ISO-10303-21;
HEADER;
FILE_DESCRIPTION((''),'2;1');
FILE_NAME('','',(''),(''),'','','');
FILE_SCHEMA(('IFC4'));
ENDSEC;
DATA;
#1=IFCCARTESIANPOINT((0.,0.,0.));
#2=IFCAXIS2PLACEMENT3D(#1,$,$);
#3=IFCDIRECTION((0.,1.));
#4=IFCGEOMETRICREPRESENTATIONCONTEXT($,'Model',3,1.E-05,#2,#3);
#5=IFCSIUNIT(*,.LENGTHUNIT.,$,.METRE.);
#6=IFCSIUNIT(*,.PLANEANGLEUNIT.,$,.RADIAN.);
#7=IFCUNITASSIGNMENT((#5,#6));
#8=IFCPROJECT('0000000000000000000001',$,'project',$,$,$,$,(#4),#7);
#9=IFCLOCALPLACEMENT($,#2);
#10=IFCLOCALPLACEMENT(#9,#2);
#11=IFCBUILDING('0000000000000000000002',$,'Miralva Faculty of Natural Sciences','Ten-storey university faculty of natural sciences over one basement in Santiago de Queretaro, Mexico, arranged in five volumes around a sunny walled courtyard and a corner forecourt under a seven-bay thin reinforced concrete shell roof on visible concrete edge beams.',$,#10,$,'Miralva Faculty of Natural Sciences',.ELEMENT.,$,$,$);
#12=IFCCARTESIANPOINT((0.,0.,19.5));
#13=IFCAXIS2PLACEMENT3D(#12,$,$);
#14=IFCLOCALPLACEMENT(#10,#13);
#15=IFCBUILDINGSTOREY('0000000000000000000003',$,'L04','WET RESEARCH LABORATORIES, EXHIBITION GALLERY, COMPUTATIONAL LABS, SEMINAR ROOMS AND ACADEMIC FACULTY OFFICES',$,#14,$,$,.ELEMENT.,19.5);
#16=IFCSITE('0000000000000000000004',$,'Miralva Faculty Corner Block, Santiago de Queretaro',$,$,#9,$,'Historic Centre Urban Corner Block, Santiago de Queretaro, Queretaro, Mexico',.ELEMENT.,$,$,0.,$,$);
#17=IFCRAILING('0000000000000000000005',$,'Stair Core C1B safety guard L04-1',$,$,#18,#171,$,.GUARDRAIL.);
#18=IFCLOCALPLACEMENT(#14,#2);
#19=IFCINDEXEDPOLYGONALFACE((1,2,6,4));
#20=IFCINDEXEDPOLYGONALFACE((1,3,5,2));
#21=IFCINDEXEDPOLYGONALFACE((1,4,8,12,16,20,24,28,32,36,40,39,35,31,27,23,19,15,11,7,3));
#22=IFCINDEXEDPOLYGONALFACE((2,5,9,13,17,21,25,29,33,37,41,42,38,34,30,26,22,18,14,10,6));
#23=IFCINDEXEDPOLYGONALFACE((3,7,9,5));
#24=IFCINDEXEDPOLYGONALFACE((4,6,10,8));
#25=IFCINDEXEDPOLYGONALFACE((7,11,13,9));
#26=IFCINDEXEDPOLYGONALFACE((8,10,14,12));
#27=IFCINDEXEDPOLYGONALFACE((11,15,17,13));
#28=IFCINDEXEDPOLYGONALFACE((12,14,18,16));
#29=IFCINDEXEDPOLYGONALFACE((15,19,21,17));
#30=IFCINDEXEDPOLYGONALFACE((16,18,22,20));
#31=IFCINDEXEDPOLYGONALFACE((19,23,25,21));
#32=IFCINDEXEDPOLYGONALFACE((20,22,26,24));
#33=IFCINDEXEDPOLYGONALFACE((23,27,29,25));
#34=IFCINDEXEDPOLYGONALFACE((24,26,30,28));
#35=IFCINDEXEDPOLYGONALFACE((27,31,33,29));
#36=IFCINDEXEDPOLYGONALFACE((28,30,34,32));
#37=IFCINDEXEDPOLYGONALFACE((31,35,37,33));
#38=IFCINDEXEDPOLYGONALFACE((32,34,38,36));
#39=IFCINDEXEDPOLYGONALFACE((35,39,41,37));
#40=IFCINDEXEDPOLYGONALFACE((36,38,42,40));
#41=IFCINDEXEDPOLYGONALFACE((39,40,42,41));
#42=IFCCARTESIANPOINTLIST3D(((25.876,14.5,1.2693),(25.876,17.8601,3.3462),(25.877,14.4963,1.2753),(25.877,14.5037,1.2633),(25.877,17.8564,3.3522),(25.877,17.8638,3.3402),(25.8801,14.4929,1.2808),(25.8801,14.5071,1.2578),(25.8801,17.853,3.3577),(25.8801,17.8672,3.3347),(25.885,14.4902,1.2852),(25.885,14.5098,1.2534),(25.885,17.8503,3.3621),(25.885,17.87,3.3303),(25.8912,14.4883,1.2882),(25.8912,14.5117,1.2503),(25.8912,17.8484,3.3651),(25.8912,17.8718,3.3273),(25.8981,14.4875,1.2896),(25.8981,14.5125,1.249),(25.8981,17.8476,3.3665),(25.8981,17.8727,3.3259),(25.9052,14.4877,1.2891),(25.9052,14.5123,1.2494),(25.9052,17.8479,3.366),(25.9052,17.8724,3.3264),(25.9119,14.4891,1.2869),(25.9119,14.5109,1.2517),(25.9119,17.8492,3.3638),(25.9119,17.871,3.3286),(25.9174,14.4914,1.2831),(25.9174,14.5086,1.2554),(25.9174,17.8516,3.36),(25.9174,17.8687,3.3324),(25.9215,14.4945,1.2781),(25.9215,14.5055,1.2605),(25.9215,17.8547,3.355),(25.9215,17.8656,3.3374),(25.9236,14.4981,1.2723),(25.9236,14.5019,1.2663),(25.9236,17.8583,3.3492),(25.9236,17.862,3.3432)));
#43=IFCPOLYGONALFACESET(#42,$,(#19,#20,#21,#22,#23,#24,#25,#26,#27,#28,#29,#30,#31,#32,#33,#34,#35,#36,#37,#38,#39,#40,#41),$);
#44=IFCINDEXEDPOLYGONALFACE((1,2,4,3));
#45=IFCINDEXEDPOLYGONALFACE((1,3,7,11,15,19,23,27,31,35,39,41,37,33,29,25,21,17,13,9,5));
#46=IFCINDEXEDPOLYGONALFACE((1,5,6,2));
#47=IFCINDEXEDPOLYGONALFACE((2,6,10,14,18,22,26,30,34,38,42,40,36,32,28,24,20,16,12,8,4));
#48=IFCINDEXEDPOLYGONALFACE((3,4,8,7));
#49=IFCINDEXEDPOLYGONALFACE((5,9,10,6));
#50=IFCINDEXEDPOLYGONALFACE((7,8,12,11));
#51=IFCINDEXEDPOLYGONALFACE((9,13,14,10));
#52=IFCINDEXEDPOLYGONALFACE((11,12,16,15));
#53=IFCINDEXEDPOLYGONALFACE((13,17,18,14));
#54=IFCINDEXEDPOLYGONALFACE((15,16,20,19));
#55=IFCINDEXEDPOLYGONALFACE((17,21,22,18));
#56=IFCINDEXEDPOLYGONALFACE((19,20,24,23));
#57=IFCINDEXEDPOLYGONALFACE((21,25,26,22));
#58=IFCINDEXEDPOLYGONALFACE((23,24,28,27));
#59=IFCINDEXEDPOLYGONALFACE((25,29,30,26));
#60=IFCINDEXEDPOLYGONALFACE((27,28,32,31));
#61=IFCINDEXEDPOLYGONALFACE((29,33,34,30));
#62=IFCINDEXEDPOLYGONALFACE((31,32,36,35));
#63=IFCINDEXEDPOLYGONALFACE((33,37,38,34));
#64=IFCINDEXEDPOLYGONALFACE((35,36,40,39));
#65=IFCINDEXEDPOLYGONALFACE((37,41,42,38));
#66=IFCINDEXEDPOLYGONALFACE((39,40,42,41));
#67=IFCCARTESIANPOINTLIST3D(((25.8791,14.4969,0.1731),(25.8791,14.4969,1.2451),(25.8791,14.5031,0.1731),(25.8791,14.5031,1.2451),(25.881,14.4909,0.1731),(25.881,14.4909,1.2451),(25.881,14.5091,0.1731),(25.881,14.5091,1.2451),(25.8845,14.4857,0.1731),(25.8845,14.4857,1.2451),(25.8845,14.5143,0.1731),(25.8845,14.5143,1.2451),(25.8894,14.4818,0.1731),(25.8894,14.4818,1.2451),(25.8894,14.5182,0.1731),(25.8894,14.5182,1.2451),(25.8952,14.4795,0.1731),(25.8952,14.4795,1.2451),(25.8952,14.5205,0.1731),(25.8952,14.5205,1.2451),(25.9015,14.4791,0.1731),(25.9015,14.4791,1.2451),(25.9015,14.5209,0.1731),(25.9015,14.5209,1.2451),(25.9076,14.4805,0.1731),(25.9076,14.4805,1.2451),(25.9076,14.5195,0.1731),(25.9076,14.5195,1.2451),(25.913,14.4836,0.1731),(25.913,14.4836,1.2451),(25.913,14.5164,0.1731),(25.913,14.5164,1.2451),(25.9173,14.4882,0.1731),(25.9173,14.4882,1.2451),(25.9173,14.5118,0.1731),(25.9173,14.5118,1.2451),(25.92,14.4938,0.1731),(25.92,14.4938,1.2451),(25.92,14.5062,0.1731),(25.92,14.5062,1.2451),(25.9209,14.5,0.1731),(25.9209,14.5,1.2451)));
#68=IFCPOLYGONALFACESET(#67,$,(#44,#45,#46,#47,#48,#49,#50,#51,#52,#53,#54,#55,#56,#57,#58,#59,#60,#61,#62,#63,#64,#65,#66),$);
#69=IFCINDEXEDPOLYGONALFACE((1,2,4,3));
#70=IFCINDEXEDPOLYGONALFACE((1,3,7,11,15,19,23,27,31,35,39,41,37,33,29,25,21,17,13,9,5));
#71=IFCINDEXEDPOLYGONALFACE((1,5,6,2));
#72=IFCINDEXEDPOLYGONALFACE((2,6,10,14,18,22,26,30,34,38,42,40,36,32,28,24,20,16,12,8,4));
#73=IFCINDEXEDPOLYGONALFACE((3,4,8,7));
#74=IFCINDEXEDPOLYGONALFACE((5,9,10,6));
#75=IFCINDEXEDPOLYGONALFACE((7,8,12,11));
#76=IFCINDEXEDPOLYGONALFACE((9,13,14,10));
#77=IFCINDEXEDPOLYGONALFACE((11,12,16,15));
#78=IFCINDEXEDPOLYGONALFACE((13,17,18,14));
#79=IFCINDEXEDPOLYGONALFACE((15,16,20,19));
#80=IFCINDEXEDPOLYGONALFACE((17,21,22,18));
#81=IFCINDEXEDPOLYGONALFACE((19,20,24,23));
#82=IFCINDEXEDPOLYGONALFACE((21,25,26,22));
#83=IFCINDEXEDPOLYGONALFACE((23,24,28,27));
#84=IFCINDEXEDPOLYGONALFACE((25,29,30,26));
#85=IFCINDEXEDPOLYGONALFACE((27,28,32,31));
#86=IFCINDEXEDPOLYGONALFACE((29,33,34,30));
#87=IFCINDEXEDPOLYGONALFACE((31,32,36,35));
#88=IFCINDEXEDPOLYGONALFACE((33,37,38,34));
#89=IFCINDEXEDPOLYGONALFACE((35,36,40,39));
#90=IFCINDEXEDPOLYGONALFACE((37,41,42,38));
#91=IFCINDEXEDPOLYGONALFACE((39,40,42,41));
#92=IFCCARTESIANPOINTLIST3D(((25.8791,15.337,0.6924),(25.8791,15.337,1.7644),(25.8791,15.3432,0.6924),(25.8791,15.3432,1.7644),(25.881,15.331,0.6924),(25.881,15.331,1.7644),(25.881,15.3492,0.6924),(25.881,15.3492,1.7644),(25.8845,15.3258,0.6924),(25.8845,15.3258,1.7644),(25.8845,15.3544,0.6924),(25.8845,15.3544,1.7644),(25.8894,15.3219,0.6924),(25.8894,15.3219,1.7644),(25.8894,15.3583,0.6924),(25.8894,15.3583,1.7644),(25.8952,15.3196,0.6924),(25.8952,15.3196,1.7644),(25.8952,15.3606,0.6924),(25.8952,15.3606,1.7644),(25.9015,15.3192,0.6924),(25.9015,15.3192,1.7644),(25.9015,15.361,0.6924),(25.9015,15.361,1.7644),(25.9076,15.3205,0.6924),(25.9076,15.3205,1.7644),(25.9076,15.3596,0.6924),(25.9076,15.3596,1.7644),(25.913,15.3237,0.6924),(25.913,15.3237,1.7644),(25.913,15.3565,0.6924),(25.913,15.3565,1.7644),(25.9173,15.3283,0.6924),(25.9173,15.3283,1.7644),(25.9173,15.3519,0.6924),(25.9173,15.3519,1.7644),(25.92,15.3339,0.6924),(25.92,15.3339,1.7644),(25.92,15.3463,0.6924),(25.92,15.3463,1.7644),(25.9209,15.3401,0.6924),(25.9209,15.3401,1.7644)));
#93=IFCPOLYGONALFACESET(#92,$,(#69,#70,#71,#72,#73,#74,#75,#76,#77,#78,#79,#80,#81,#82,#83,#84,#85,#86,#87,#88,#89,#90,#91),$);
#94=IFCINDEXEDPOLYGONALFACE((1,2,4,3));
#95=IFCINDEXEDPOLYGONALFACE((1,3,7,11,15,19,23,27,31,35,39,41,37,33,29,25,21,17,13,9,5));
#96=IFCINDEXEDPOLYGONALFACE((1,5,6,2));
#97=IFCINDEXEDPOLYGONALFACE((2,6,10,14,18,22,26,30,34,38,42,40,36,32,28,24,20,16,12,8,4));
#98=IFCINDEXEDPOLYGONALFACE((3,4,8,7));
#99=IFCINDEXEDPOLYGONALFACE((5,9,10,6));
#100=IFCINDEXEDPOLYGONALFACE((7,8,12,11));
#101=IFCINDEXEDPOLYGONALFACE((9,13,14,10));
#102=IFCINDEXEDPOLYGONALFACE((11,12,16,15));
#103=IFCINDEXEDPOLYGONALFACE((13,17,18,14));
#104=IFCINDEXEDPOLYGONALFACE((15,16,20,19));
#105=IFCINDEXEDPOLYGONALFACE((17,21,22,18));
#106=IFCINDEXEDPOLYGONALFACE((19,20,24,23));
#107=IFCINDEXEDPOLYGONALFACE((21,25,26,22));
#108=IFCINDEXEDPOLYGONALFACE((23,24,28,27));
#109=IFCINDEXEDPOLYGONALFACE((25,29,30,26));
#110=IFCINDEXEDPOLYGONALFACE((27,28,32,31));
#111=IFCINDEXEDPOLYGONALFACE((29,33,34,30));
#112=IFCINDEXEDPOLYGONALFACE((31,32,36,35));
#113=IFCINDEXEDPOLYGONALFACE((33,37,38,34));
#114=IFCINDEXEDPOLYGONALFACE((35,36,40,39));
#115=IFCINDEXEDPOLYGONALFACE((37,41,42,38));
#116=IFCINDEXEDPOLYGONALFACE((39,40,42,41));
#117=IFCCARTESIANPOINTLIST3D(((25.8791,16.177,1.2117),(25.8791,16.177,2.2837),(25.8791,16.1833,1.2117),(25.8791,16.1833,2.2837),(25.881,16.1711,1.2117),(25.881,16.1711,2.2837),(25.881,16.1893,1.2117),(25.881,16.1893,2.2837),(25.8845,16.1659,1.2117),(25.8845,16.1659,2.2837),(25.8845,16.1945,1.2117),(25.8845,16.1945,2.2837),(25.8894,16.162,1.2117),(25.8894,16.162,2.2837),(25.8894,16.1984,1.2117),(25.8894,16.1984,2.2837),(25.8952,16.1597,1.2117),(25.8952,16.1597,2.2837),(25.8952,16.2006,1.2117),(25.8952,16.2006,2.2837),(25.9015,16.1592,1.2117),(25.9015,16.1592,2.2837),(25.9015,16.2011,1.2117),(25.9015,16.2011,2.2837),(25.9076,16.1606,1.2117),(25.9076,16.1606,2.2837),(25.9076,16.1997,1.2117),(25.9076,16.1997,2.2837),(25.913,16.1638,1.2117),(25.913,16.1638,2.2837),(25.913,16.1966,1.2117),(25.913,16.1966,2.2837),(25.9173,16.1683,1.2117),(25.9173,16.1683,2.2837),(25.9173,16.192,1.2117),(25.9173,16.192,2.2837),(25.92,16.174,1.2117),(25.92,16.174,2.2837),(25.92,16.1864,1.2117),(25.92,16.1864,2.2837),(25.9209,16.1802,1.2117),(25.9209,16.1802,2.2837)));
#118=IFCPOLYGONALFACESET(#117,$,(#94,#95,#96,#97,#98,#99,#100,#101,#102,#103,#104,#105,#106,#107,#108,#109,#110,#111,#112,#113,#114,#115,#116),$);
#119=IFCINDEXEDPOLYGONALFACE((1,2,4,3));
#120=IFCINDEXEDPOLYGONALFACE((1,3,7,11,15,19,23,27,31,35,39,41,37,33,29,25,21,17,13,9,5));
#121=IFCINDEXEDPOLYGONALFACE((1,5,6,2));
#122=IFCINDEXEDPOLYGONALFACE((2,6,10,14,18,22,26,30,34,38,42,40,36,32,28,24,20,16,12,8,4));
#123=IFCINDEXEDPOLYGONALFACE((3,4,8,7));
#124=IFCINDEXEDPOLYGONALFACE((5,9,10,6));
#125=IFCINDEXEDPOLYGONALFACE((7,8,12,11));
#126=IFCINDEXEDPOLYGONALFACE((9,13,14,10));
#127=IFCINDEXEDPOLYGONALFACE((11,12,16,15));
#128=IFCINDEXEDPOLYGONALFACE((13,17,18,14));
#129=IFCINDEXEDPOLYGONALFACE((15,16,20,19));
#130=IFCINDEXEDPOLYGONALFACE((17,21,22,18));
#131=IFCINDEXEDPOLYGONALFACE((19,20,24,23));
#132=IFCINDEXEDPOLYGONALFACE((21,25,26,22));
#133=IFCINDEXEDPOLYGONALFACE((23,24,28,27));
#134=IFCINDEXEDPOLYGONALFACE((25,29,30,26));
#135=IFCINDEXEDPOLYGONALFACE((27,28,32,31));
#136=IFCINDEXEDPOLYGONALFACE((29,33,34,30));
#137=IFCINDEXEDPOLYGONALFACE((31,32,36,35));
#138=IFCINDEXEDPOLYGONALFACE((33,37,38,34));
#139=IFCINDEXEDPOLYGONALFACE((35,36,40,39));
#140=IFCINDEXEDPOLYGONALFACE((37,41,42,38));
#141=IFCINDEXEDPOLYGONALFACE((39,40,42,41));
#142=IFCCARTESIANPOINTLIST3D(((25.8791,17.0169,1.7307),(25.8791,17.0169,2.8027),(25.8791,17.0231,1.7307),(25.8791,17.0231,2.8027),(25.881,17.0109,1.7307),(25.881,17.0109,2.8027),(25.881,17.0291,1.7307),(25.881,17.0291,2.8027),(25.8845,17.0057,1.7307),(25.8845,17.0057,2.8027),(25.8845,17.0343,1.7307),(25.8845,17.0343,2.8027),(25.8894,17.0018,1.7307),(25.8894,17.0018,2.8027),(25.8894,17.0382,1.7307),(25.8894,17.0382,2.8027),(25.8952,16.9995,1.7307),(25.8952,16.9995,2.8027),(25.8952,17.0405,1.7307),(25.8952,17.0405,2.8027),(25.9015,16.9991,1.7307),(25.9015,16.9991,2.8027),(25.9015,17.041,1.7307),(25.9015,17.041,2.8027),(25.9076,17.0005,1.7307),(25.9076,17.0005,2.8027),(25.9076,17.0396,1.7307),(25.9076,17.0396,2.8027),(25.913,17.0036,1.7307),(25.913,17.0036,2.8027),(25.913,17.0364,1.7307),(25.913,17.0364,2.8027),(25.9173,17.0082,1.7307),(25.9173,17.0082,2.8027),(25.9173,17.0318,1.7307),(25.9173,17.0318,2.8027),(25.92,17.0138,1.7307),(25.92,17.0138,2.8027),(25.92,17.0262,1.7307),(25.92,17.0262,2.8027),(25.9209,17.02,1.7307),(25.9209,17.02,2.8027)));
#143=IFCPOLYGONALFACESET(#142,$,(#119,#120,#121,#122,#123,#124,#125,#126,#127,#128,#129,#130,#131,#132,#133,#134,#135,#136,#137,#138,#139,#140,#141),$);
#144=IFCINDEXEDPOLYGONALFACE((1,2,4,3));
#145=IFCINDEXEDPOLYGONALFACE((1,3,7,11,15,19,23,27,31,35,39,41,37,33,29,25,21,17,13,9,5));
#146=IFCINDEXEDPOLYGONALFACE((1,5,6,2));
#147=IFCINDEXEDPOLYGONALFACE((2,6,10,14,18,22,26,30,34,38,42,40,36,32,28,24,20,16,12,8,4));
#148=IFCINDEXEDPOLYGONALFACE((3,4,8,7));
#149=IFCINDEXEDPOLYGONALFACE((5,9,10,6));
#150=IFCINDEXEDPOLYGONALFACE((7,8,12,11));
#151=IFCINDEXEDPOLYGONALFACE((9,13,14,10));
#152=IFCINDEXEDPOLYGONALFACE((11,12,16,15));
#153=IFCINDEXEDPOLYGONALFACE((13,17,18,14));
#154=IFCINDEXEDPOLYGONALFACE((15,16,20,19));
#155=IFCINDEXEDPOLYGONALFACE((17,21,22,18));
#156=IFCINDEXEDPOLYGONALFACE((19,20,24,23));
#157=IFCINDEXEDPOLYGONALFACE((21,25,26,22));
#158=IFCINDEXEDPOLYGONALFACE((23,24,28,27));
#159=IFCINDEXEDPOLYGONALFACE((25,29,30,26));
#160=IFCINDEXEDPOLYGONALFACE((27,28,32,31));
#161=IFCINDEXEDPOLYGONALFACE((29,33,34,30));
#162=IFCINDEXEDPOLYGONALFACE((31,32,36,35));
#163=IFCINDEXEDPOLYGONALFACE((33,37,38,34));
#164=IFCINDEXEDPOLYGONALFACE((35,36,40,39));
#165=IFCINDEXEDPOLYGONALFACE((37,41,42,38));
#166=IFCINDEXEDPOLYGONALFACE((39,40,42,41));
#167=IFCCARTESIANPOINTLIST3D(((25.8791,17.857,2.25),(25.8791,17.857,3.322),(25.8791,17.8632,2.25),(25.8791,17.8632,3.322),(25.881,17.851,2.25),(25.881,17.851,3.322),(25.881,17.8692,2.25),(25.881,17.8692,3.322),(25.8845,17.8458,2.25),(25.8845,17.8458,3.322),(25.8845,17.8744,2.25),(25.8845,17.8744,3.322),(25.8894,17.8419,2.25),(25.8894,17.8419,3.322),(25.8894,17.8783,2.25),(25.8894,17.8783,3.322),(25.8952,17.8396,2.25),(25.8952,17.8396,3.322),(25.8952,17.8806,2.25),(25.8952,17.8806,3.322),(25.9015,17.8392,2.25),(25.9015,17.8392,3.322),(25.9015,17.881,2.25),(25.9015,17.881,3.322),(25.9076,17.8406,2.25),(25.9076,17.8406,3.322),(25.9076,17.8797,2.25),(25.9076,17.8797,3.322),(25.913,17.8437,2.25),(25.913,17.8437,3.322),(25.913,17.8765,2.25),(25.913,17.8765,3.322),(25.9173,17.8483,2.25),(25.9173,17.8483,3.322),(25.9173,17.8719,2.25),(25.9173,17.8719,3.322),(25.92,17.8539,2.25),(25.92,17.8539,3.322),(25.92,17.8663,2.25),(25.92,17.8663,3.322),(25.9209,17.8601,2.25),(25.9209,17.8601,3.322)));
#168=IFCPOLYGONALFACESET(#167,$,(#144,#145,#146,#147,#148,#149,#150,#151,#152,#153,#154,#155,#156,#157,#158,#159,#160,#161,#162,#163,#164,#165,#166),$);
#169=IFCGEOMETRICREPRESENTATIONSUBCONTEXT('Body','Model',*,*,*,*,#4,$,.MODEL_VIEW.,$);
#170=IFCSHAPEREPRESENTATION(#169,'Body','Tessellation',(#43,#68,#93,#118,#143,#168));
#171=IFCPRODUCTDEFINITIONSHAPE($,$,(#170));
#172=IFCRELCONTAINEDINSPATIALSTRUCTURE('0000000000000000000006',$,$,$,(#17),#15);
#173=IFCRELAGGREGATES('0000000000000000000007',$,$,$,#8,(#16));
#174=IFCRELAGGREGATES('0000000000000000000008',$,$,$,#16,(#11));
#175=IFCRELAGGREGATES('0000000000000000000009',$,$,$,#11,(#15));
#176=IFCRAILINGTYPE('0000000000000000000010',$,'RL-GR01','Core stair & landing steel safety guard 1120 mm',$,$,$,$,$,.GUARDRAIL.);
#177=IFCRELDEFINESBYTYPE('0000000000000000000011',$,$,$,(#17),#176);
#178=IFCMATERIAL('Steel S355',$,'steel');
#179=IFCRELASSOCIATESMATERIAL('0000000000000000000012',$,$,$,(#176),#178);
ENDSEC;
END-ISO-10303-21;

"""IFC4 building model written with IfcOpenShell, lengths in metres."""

from ifc_helpers import new_model, si_unit, direction, frame, origin, origin_2d, place, context, subcontext, project, spatial, circle, extrude, material, type_object, element, save


model = new_model("IFC4")

# Units and contexts
model_context = context("Model", 3, precision=1e-05, world=origin(), true_north=direction((0.0, 1.0)))
body_context = subcontext(model_context, "Body", "Model", "MODEL_VIEW")
ifc_project = project(units=[si_unit("LENGTHUNIT", "METRE"), si_unit("PLANEANGLEUNIT", "RADIAN")], contexts=[model_context])

# Site, building, storey
site_placement = place(None, origin())
site = spatial("IfcSite", under=ifc_project, at=site_placement, Name="Miralva Faculty Corner Block, Santiago de Queretaro", LongName="Historic Centre Urban Corner Block, Santiago de Queretaro, Queretaro, Mexico", CompositionType="ELEMENT", RefElevation=0.0)
building_placement = place(site_placement, origin())
building = spatial("IfcBuilding", under=site, at=building_placement, Name="Miralva Faculty of Natural Sciences", Description="Ten-storey university faculty of natural sciences over one basement in Santiago de Queretaro, Mexico, arranged in five volumes around a sunny walled courtyard and a corner forecourt under a seven-bay thin reinforced concrete shell roof on visible concrete edge beams.", LongName="Miralva Faculty of Natural Sciences", CompositionType="ELEMENT")
storey_placement = place(building_placement, frame((0.0, 0.0, 19.5)))
storey = spatial("IfcBuildingStorey", under=building, at=storey_placement, Name="L04", Description="WET RESEARCH LABORATORIES, EXHIBITION GALLERY, COMPUTATIONAL LABS, SEMINAR ROOMS AND ACADEMIC FACULTY OFFICES", CompositionType="ELEMENT", Elevation=19.5)

# Railing
ifc_material_1 = material(Name="Steel S355", Category="steel")
railing_type_1 = type_object("IfcRailingType", Name="RL-GR01", Description="Core stair & landing steel safety guard 1120 mm", PredefinedType="GUARDRAIL", material=ifc_material_1)
railing_1_placement = place(storey_placement, frame((25.8999, 14.5, 0.1731)))
element("IfcRailing", 1, at=railing_1_placement, inside=storey, type_object=railing_type_1, Name="Stair Core C1B safety guard L04-1", PredefinedType="GUARDRAIL", context=body_context, shape_type="SweptSolid", body=[
    extrude(circle(Radius=0.0239, at=origin_2d()), frame((0.0, 0.0, 1.0962), z_axis=(0.0, 0.850623, 0.525776), x_axis=(-1.0, 0.0, 0.0)), (0.0, 0.0, 1.0), 3.9502),
    extrude(circle(Radius=0.021, at=origin_2d()), origin(), (0.0, 0.0, 1.0), 1.072),
    extrude(circle(Radius=0.021, at=origin_2d()), frame((0.0, 0.8401, 0.5193)), (0.0, 0.0, 1.0), 1.072),
    extrude(circle(Radius=0.021, at=origin_2d()), frame((0.0, 1.6802, 1.0386)), (0.0, 0.0, 1.0), 1.072),
    extrude(circle(Radius=0.021, at=origin_2d()), frame((0.0, 2.52, 1.5576)), (0.0, 0.0, 1.0), 1.072),
    extrude(circle(Radius=0.021, at=origin_2d()), frame((0.0, 3.3601, 2.0769)), (0.0, 0.0, 1.0), 1.072),
])

save(model, "model.ifc")
